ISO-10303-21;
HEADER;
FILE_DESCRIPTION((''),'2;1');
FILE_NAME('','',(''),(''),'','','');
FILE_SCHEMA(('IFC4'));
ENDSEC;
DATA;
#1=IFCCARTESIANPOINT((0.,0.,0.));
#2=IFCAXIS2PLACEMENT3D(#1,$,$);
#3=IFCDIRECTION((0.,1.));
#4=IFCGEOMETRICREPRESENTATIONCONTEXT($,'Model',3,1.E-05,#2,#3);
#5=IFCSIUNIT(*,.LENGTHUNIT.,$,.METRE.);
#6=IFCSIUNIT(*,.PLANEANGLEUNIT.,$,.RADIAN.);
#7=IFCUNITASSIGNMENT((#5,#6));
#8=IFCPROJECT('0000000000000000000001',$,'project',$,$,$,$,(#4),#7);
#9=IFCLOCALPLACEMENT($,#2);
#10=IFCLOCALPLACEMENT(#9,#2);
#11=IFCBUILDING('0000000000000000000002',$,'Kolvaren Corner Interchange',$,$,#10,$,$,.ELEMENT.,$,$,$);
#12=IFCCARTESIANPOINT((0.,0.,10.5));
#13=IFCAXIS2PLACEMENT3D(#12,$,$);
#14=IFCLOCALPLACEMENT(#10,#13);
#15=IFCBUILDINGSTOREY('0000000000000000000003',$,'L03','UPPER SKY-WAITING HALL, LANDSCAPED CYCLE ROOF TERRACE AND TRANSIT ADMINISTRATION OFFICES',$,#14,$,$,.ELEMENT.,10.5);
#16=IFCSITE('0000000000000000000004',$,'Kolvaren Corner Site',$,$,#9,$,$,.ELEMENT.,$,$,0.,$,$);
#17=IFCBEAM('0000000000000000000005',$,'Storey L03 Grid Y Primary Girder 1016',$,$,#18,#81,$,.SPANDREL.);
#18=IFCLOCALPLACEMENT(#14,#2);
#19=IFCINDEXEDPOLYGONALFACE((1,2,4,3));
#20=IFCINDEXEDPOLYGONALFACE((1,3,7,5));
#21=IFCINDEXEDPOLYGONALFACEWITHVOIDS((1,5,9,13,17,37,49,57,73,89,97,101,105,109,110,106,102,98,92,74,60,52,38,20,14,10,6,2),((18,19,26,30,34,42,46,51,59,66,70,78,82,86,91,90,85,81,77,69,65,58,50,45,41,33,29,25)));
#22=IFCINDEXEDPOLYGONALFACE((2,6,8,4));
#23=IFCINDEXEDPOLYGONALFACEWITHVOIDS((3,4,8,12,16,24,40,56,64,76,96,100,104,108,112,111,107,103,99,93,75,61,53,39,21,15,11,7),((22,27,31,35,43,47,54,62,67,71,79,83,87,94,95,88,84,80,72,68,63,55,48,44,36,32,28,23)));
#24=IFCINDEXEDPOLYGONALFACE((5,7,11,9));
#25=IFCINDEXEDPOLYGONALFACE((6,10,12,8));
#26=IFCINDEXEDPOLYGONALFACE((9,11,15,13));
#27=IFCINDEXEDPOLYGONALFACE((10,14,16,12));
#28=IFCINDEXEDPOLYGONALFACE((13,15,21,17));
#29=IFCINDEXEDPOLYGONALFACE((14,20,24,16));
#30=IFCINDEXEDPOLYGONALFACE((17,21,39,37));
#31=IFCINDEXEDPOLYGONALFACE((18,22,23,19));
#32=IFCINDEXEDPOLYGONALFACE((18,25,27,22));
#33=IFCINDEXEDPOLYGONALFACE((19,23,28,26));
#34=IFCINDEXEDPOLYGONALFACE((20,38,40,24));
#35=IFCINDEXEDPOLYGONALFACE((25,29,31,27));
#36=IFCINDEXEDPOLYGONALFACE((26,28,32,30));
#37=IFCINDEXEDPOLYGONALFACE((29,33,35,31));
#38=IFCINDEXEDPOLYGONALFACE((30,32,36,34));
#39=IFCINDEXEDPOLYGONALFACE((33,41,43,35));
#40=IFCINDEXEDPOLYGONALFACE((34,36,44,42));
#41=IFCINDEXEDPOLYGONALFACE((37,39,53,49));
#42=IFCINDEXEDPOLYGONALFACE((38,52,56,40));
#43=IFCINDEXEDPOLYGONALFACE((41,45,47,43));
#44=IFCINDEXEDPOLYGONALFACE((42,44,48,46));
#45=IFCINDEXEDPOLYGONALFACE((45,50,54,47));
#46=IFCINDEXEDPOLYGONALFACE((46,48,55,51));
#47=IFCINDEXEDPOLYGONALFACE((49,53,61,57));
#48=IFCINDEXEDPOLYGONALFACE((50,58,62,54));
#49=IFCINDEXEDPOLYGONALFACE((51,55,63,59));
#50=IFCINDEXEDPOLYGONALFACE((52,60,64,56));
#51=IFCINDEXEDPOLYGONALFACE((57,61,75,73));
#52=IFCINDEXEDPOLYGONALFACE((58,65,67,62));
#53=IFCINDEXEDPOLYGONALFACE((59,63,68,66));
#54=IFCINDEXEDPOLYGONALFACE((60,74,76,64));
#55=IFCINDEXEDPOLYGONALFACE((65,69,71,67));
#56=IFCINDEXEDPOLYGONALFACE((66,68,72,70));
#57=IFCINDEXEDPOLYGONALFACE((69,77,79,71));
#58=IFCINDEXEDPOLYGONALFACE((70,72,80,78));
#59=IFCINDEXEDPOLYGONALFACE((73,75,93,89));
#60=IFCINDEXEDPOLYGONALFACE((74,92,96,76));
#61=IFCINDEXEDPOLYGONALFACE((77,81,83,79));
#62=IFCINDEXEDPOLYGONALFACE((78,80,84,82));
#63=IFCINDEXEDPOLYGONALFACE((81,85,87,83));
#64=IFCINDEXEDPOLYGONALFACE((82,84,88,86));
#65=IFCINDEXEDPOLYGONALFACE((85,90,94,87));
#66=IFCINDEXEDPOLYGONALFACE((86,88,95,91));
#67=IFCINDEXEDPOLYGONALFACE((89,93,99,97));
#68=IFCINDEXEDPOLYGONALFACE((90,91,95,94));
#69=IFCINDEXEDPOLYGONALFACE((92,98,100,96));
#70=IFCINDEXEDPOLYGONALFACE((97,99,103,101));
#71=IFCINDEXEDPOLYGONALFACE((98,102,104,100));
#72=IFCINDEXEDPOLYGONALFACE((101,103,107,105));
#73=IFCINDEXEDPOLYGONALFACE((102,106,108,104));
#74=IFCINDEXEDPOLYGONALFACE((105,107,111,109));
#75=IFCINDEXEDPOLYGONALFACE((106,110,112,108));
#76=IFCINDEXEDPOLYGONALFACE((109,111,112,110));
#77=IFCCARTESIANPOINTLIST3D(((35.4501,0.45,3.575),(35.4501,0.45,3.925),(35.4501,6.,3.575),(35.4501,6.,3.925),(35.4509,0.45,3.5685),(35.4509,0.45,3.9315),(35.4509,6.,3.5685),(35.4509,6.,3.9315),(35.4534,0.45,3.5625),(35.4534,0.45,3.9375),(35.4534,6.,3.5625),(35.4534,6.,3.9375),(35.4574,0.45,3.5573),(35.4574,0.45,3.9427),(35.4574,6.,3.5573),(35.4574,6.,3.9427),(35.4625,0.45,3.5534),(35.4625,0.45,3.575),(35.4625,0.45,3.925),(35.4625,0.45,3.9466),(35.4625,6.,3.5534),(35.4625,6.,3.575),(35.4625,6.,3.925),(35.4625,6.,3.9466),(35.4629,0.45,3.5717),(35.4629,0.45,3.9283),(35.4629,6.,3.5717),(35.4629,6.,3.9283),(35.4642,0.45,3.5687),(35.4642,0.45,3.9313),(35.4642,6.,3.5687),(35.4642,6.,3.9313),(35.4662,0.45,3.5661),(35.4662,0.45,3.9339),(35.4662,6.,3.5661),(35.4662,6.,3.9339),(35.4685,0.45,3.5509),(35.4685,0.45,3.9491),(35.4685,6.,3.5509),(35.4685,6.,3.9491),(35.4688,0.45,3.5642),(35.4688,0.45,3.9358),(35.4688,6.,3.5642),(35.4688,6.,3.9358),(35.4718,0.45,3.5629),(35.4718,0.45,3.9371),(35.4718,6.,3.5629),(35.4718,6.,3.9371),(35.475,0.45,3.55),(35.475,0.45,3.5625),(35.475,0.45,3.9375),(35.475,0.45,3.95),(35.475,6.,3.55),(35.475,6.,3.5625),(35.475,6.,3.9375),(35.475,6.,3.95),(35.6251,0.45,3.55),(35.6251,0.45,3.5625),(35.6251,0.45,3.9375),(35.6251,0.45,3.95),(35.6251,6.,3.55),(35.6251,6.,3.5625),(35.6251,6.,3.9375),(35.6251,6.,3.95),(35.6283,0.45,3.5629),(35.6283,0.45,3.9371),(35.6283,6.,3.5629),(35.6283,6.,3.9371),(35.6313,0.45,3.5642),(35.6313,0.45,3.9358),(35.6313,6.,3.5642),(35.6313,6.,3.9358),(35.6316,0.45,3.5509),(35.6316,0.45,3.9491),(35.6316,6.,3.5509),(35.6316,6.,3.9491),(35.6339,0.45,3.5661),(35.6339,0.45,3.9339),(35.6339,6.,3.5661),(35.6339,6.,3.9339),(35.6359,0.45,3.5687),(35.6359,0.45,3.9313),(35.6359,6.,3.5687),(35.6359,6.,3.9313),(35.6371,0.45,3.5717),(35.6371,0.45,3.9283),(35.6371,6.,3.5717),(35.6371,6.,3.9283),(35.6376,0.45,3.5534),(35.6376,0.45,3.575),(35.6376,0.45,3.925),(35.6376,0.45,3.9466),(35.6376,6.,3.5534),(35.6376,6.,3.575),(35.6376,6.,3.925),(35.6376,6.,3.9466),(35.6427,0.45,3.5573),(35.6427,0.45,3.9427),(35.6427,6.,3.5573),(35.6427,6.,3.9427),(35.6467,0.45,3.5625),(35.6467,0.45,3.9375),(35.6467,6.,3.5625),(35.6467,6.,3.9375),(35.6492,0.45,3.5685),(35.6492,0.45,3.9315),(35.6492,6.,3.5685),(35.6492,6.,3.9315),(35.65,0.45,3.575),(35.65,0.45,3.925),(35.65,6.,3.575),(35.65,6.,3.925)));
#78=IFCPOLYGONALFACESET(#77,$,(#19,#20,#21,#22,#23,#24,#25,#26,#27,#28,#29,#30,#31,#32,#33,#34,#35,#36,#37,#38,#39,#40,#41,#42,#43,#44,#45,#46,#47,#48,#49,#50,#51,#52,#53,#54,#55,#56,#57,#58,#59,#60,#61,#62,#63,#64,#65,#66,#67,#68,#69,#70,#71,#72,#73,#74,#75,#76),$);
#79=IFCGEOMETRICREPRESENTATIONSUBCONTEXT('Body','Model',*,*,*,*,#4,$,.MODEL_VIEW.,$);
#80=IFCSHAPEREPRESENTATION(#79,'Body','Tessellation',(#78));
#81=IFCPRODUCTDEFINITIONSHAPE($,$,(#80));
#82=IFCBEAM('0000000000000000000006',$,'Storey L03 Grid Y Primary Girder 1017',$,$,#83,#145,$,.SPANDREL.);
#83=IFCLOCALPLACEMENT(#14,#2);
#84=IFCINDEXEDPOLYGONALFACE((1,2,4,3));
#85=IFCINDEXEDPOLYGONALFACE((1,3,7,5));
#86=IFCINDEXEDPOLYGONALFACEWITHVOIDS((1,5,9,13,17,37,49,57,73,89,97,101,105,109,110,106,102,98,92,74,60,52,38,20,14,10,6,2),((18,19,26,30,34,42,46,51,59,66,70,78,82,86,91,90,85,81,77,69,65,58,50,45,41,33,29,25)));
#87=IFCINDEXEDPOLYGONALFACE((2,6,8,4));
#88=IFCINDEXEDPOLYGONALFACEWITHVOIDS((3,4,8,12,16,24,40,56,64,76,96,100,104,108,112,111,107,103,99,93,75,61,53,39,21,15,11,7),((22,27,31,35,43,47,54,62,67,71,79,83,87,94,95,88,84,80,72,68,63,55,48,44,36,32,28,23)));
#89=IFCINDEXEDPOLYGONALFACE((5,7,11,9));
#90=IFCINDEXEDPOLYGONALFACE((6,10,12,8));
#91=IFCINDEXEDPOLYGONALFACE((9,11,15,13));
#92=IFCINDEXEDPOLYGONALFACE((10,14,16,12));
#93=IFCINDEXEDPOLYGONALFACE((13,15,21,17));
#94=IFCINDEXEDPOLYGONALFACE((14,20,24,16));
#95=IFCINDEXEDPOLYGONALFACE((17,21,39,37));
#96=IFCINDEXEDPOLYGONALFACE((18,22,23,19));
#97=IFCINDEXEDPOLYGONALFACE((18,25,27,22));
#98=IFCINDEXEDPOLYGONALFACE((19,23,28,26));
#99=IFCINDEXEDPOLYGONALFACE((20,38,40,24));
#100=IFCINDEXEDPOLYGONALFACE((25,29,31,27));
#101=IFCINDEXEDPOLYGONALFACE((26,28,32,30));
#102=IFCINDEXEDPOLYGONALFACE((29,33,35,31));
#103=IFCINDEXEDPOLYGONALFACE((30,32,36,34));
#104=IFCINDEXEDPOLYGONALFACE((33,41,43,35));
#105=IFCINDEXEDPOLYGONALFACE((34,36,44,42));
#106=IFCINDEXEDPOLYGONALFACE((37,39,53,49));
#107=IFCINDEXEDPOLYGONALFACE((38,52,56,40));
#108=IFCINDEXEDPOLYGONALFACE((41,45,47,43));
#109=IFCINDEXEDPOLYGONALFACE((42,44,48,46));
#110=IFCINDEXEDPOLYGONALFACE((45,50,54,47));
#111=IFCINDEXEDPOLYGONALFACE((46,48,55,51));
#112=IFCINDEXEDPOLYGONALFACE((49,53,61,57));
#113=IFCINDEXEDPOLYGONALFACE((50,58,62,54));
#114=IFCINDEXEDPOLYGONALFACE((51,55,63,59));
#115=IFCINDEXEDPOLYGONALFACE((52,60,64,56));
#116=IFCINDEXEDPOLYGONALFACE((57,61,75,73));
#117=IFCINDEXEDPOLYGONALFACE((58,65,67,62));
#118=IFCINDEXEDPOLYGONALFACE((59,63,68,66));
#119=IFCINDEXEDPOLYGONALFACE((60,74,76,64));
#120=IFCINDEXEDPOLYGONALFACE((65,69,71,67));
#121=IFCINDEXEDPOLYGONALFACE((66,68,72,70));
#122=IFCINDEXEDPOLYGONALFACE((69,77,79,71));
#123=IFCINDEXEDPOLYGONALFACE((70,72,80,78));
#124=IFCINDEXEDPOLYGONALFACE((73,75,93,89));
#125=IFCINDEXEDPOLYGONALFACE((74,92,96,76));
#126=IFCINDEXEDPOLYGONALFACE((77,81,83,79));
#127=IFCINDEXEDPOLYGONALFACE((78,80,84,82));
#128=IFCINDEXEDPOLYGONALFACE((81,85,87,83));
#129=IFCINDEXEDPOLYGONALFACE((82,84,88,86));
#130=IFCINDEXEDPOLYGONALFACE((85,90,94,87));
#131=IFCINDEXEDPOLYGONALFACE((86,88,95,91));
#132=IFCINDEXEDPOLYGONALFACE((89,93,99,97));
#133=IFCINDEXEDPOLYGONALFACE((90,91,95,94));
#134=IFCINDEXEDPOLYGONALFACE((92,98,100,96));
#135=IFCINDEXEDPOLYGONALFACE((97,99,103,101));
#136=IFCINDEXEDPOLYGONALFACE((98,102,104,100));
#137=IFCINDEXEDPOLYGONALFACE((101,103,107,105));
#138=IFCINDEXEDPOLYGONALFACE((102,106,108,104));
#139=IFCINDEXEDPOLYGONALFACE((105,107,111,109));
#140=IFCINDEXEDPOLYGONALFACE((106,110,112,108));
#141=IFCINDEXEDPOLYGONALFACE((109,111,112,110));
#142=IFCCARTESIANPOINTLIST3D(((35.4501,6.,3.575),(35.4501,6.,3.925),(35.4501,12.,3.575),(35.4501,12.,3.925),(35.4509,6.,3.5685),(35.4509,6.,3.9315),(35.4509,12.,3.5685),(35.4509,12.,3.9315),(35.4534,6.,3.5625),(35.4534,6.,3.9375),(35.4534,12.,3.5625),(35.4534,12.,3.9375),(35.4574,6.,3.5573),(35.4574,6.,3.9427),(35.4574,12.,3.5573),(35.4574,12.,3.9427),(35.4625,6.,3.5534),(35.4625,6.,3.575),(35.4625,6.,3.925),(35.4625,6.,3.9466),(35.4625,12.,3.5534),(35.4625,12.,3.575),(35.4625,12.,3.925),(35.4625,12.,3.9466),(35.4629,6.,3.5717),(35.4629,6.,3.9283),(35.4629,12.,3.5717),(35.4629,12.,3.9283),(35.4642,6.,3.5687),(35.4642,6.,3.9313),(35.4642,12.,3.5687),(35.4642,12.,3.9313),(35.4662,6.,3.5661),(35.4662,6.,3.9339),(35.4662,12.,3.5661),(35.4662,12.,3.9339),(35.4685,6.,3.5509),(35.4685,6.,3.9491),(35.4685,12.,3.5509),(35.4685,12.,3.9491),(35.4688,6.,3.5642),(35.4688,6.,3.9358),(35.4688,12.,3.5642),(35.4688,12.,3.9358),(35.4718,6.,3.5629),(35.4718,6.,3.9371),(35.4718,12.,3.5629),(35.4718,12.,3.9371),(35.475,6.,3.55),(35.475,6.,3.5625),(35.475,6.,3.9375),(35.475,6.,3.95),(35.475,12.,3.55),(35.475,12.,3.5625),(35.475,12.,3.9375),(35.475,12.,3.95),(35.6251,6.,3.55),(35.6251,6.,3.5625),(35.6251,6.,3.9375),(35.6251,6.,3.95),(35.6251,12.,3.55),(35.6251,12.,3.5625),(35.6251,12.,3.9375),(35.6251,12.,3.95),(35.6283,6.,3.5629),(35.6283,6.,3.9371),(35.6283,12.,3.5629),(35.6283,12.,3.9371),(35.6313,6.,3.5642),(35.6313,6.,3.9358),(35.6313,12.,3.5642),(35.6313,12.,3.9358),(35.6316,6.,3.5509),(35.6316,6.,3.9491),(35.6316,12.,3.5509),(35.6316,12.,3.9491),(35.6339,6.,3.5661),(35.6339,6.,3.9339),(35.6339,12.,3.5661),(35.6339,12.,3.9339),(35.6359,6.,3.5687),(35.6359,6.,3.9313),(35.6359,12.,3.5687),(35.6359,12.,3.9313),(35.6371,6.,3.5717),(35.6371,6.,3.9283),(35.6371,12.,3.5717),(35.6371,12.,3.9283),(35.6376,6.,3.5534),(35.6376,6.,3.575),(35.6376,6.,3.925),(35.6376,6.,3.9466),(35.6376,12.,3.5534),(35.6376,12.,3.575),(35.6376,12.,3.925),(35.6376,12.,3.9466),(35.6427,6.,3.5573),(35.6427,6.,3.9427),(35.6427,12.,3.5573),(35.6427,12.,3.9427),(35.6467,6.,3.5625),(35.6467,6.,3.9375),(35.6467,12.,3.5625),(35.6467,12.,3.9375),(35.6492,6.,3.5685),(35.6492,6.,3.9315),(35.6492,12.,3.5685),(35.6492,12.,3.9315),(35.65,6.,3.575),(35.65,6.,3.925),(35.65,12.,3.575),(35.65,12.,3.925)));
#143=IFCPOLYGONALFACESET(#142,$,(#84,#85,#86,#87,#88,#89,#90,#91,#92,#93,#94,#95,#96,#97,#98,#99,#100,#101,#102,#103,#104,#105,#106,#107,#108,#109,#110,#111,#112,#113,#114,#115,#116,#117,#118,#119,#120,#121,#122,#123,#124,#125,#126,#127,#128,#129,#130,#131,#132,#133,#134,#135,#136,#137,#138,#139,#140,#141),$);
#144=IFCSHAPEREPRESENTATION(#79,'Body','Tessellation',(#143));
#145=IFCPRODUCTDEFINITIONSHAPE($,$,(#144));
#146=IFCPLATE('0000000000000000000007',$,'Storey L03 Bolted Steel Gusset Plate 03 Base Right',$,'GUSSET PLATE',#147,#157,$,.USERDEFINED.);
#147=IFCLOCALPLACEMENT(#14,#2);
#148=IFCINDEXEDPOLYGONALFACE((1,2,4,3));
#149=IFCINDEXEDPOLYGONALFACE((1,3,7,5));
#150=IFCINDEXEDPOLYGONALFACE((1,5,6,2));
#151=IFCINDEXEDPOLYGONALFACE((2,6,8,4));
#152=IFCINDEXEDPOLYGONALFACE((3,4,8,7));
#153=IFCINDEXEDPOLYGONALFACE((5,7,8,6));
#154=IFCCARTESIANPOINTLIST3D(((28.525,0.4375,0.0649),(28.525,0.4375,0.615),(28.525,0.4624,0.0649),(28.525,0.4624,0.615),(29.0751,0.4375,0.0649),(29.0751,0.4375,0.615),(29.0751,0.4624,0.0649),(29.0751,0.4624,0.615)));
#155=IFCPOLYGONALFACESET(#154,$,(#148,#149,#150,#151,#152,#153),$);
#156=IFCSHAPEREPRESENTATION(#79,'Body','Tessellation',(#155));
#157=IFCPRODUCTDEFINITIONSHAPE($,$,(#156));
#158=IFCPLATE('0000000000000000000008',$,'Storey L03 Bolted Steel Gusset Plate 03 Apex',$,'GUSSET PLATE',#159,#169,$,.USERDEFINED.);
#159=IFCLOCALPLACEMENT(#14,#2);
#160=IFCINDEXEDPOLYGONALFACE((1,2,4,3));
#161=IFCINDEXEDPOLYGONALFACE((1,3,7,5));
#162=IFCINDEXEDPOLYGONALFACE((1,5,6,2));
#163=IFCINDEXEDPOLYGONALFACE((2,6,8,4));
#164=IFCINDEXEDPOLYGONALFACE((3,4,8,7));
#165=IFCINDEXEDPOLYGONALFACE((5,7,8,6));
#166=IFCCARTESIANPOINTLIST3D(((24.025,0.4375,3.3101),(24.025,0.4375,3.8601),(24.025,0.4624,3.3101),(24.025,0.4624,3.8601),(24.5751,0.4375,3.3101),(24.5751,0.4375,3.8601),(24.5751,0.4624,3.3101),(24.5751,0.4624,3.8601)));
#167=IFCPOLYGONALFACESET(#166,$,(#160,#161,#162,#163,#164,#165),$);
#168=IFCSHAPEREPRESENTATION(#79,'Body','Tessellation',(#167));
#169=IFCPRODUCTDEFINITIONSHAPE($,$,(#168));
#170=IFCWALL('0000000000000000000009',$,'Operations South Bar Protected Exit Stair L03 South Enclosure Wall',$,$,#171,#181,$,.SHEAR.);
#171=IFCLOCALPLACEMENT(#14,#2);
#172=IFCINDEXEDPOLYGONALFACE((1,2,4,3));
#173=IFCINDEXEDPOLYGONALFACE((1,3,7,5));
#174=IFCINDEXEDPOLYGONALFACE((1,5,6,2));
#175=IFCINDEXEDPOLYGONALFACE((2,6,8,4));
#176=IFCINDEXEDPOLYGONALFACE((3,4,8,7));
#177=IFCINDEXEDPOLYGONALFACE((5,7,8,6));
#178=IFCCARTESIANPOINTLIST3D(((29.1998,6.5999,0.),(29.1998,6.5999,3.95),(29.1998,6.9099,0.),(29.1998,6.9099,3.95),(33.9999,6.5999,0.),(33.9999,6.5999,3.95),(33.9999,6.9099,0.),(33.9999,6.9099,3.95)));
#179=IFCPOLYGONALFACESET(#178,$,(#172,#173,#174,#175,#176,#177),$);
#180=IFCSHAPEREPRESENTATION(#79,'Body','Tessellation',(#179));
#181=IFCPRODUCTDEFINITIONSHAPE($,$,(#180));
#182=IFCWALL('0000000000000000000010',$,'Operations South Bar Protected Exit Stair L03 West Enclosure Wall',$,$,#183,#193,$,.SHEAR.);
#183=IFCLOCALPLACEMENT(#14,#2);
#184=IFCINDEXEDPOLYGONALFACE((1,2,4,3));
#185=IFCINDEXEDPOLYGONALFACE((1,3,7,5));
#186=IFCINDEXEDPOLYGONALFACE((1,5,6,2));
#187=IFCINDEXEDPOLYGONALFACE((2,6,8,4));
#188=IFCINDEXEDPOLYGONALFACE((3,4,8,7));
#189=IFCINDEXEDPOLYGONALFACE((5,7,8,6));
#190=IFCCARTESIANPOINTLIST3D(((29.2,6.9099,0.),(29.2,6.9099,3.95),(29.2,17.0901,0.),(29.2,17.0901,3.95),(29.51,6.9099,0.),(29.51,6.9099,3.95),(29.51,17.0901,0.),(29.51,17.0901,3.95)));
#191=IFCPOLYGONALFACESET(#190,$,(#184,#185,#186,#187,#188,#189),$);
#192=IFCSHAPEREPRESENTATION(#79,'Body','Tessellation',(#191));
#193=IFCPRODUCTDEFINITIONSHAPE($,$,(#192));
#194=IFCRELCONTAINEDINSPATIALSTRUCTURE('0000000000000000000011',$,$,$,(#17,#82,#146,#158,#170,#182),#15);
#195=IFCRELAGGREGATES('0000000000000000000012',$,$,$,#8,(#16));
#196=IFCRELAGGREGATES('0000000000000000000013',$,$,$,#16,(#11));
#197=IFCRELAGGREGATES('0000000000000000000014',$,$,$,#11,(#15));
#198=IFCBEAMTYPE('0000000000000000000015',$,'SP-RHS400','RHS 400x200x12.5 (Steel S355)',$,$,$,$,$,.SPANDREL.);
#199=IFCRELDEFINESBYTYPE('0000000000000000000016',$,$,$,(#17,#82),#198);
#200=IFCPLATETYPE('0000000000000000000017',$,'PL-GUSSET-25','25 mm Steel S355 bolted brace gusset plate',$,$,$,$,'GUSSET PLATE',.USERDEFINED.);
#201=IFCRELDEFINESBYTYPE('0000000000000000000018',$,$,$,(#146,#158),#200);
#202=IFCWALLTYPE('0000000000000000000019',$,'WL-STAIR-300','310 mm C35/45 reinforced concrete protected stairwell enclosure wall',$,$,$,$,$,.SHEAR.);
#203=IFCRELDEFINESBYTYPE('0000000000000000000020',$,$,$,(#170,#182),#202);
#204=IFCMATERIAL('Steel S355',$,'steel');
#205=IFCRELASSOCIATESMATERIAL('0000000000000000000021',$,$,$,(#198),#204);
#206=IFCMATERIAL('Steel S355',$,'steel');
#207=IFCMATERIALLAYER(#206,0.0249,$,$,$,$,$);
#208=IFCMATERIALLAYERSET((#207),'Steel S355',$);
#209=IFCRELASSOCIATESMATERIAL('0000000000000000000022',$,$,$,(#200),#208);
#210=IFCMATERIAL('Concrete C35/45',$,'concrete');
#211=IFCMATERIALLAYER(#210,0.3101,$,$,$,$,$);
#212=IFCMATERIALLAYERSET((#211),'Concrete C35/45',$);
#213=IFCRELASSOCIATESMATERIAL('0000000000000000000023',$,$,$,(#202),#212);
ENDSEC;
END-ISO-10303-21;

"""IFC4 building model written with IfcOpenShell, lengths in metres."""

from ifc_helpers import new_model, si_unit, direction, frame, frame_2d, origin, origin_2d, place, context, subcontext, project, spatial, rectangle, hollow_rectangle, extrude, material, layer, layer_set, material_profile, profile_set, type_object, element, save


model = new_model("IFC4")

# Units and contexts
model_context = context("Model", 3, precision=1e-05, world=origin(), true_north=direction((0.0, 1.0)))
body_context = subcontext(model_context, "Body", "Model", "MODEL_VIEW")
ifc_project = project(units=[si_unit("LENGTHUNIT", "METRE"), si_unit("PLANEANGLEUNIT", "RADIAN")], contexts=[model_context])

# Site, building, storey
site_placement = place(None, origin())
site = spatial("IfcSite", under=ifc_project, at=site_placement, Name="Kolvaren Corner Site", CompositionType="ELEMENT", RefElevation=0.0)
building_placement = place(site_placement, origin())
building = spatial("IfcBuilding", under=site, at=building_placement, Name="Kolvaren Corner Interchange", CompositionType="ELEMENT")
storey_placement = place(building_placement, frame((0.0, 0.0, 10.5)))
storey = spatial("IfcBuildingStorey", under=building, at=storey_placement, Name="L03", Description="UPPER SKY-WAITING HALL, LANDSCAPED CYCLE ROOF TERRACE AND TRANSIT ADMINISTRATION OFFICES", CompositionType="ELEMENT", Elevation=10.5)

# Beams
ifc_material_1 = material(Name="Steel S355", Category="steel")
ifc_material_profile_1 = material_profile(ifc_material_1, hollow_rectangle(XDim=0.2, YDim=0.3999, WallThickness=0.0125, InnerFilletRadius=0.0125, OuterFilletRadius=0.0249, at=origin_2d()), Name="RHS 400x200x12.5")
ifc_profile_set_1 = profile_set([ifc_material_profile_1], Name="Steel S355")
beam_type_1 = type_object("IfcBeamType", Name="SP-RHS400", Description="RHS 400x200x12.5 (Steel S355)", PredefinedType="SPANDREL", material=ifc_profile_set_1)
beam_1_placement = place(storey_placement, frame((35.55, 0.45, 3.75), z_axis=(0.0, 1.0, 0.0), x_axis=(-1.0, 0.0, 0.0)))
element("IfcBeam", 1, at=beam_1_placement, inside=storey, type_object=beam_type_1, Name="Storey L03 Grid Y Primary Girder 1016", PredefinedType="SPANDREL", context=body_context, shape_type="SweptSolid", body=[
    extrude(hollow_rectangle(XDim=0.2, YDim=0.3999, WallThickness=0.0125, InnerFilletRadius=0.0125, OuterFilletRadius=0.0249, at=origin_2d()), origin(), (0.0, 0.0, 1.0), 5.55),
])
beam_2_placement = place(storey_placement, frame((35.55, 6.0, 3.75), z_axis=(0.0, 1.0, 0.0), x_axis=(-1.0, 0.0, 0.0)))
element("IfcBeam", 2, at=beam_2_placement, inside=storey, type_object=beam_type_1, Name="Storey L03 Grid Y Primary Girder 1017", PredefinedType="SPANDREL", context=body_context, shape_type="SweptSolid", body=[
    extrude(hollow_rectangle(XDim=0.2, YDim=0.3999, WallThickness=0.0125, InnerFilletRadius=0.0125, OuterFilletRadius=0.0249, at=origin_2d()), origin(), (0.0, 0.0, 1.0), 6.0),
])

# Plates
ifc_material_2 = material(Name="Steel S355", Category="steel")
ifc_layer_1 = layer(ifc_material_2, 0.0249)
ifc_layer_set_1 = layer_set([ifc_layer_1], Name="Steel S355")
plate_type = type_object("IfcPlateType", Name="PL-GUSSET-25", Description="25 mm Steel S355 bolted brace gusset plate", ElementType="GUSSET PLATE", PredefinedType="USERDEFINED", material=ifc_layer_set_1)
for number, where, z_axis, x_axis, name in (
    (3, (28.8, 0.45, 0.0649), (0.0, 0.0, 1.0), (1.0, 0.0, 0.0), "Storey L03 Bolted Steel Gusset Plate 03 Base Right"),
    (4, (24.3, 0.45, 3.3101), (0.0, 0.0, 1.0), (1.0, 0.0, 0.0), "Storey L03 Bolted Steel Gusset Plate 03 Apex"),
):
    element("IfcPlate", number, at=place(storey_placement, frame(where, z_axis=z_axis, x_axis=x_axis)), inside=storey, type_object=plate_type, Name=name, ObjectType="GUSSET PLATE", PredefinedType="USERDEFINED", context=body_context, shape_type="SweptSolid", body=[
        extrude(rectangle(XDim=0.55, YDim=0.0249, at=origin_2d()), origin(), (0.0, 0.0, 1.0), 0.55),
    ])

# Walls
ifc_material_3 = material(Name="Concrete C35/45", Category="concrete")
ifc_layer_2 = layer(ifc_material_3, 0.3101)
ifc_layer_set_2 = layer_set([ifc_layer_2], Name="Concrete C35/45")
wall_type_1 = type_object("IfcWallType", Name="WL-STAIR-300", Description="310 mm C35/45 reinforced concrete protected stairwell enclosure wall", PredefinedType="SHEAR", material=ifc_layer_set_2)
wall_1_placement = place(storey_placement, frame((29.2, 6.7549, 0.0), z_axis=(0.0, 0.0, 1.0), x_axis=(1.0, 0.0, 0.0)))
element("IfcWall", 5, at=wall_1_placement, inside=storey, type_object=wall_type_1, Name="Operations South Bar Protected Exit Stair L03 South Enclosure Wall", PredefinedType="SHEAR", context=body_context, shape_type="SweptSolid", body=[
    extrude(rectangle(XDim=4.8, YDim=0.3101, at=frame_2d((2.3999, 0.0))), origin(), (0.0, 0.0, 1.0), 3.95),
])
for number, where, z_axis, x_axis, name in (
    (6, (29.355, 6.9099, 0.0), (0.0, 0.0, 1.0), (0.0, 1.0, 0.0), "Operations South Bar Protected Exit Stair L03 West Enclosure Wall"),
):
    element("IfcWall", number, at=place(storey_placement, frame(where, z_axis=z_axis, x_axis=x_axis)), inside=storey, type_object=wall_type_1, Name=name, PredefinedType="SHEAR", context=body_context, shape_type="SweptSolid", body=[
        extrude(rectangle(XDim=10.1802, YDim=0.3101, at=frame_2d((5.0901, 0.0))), origin(), (0.0, 0.0, 1.0), 3.95),
    ])

save(model, "model.ifc")
